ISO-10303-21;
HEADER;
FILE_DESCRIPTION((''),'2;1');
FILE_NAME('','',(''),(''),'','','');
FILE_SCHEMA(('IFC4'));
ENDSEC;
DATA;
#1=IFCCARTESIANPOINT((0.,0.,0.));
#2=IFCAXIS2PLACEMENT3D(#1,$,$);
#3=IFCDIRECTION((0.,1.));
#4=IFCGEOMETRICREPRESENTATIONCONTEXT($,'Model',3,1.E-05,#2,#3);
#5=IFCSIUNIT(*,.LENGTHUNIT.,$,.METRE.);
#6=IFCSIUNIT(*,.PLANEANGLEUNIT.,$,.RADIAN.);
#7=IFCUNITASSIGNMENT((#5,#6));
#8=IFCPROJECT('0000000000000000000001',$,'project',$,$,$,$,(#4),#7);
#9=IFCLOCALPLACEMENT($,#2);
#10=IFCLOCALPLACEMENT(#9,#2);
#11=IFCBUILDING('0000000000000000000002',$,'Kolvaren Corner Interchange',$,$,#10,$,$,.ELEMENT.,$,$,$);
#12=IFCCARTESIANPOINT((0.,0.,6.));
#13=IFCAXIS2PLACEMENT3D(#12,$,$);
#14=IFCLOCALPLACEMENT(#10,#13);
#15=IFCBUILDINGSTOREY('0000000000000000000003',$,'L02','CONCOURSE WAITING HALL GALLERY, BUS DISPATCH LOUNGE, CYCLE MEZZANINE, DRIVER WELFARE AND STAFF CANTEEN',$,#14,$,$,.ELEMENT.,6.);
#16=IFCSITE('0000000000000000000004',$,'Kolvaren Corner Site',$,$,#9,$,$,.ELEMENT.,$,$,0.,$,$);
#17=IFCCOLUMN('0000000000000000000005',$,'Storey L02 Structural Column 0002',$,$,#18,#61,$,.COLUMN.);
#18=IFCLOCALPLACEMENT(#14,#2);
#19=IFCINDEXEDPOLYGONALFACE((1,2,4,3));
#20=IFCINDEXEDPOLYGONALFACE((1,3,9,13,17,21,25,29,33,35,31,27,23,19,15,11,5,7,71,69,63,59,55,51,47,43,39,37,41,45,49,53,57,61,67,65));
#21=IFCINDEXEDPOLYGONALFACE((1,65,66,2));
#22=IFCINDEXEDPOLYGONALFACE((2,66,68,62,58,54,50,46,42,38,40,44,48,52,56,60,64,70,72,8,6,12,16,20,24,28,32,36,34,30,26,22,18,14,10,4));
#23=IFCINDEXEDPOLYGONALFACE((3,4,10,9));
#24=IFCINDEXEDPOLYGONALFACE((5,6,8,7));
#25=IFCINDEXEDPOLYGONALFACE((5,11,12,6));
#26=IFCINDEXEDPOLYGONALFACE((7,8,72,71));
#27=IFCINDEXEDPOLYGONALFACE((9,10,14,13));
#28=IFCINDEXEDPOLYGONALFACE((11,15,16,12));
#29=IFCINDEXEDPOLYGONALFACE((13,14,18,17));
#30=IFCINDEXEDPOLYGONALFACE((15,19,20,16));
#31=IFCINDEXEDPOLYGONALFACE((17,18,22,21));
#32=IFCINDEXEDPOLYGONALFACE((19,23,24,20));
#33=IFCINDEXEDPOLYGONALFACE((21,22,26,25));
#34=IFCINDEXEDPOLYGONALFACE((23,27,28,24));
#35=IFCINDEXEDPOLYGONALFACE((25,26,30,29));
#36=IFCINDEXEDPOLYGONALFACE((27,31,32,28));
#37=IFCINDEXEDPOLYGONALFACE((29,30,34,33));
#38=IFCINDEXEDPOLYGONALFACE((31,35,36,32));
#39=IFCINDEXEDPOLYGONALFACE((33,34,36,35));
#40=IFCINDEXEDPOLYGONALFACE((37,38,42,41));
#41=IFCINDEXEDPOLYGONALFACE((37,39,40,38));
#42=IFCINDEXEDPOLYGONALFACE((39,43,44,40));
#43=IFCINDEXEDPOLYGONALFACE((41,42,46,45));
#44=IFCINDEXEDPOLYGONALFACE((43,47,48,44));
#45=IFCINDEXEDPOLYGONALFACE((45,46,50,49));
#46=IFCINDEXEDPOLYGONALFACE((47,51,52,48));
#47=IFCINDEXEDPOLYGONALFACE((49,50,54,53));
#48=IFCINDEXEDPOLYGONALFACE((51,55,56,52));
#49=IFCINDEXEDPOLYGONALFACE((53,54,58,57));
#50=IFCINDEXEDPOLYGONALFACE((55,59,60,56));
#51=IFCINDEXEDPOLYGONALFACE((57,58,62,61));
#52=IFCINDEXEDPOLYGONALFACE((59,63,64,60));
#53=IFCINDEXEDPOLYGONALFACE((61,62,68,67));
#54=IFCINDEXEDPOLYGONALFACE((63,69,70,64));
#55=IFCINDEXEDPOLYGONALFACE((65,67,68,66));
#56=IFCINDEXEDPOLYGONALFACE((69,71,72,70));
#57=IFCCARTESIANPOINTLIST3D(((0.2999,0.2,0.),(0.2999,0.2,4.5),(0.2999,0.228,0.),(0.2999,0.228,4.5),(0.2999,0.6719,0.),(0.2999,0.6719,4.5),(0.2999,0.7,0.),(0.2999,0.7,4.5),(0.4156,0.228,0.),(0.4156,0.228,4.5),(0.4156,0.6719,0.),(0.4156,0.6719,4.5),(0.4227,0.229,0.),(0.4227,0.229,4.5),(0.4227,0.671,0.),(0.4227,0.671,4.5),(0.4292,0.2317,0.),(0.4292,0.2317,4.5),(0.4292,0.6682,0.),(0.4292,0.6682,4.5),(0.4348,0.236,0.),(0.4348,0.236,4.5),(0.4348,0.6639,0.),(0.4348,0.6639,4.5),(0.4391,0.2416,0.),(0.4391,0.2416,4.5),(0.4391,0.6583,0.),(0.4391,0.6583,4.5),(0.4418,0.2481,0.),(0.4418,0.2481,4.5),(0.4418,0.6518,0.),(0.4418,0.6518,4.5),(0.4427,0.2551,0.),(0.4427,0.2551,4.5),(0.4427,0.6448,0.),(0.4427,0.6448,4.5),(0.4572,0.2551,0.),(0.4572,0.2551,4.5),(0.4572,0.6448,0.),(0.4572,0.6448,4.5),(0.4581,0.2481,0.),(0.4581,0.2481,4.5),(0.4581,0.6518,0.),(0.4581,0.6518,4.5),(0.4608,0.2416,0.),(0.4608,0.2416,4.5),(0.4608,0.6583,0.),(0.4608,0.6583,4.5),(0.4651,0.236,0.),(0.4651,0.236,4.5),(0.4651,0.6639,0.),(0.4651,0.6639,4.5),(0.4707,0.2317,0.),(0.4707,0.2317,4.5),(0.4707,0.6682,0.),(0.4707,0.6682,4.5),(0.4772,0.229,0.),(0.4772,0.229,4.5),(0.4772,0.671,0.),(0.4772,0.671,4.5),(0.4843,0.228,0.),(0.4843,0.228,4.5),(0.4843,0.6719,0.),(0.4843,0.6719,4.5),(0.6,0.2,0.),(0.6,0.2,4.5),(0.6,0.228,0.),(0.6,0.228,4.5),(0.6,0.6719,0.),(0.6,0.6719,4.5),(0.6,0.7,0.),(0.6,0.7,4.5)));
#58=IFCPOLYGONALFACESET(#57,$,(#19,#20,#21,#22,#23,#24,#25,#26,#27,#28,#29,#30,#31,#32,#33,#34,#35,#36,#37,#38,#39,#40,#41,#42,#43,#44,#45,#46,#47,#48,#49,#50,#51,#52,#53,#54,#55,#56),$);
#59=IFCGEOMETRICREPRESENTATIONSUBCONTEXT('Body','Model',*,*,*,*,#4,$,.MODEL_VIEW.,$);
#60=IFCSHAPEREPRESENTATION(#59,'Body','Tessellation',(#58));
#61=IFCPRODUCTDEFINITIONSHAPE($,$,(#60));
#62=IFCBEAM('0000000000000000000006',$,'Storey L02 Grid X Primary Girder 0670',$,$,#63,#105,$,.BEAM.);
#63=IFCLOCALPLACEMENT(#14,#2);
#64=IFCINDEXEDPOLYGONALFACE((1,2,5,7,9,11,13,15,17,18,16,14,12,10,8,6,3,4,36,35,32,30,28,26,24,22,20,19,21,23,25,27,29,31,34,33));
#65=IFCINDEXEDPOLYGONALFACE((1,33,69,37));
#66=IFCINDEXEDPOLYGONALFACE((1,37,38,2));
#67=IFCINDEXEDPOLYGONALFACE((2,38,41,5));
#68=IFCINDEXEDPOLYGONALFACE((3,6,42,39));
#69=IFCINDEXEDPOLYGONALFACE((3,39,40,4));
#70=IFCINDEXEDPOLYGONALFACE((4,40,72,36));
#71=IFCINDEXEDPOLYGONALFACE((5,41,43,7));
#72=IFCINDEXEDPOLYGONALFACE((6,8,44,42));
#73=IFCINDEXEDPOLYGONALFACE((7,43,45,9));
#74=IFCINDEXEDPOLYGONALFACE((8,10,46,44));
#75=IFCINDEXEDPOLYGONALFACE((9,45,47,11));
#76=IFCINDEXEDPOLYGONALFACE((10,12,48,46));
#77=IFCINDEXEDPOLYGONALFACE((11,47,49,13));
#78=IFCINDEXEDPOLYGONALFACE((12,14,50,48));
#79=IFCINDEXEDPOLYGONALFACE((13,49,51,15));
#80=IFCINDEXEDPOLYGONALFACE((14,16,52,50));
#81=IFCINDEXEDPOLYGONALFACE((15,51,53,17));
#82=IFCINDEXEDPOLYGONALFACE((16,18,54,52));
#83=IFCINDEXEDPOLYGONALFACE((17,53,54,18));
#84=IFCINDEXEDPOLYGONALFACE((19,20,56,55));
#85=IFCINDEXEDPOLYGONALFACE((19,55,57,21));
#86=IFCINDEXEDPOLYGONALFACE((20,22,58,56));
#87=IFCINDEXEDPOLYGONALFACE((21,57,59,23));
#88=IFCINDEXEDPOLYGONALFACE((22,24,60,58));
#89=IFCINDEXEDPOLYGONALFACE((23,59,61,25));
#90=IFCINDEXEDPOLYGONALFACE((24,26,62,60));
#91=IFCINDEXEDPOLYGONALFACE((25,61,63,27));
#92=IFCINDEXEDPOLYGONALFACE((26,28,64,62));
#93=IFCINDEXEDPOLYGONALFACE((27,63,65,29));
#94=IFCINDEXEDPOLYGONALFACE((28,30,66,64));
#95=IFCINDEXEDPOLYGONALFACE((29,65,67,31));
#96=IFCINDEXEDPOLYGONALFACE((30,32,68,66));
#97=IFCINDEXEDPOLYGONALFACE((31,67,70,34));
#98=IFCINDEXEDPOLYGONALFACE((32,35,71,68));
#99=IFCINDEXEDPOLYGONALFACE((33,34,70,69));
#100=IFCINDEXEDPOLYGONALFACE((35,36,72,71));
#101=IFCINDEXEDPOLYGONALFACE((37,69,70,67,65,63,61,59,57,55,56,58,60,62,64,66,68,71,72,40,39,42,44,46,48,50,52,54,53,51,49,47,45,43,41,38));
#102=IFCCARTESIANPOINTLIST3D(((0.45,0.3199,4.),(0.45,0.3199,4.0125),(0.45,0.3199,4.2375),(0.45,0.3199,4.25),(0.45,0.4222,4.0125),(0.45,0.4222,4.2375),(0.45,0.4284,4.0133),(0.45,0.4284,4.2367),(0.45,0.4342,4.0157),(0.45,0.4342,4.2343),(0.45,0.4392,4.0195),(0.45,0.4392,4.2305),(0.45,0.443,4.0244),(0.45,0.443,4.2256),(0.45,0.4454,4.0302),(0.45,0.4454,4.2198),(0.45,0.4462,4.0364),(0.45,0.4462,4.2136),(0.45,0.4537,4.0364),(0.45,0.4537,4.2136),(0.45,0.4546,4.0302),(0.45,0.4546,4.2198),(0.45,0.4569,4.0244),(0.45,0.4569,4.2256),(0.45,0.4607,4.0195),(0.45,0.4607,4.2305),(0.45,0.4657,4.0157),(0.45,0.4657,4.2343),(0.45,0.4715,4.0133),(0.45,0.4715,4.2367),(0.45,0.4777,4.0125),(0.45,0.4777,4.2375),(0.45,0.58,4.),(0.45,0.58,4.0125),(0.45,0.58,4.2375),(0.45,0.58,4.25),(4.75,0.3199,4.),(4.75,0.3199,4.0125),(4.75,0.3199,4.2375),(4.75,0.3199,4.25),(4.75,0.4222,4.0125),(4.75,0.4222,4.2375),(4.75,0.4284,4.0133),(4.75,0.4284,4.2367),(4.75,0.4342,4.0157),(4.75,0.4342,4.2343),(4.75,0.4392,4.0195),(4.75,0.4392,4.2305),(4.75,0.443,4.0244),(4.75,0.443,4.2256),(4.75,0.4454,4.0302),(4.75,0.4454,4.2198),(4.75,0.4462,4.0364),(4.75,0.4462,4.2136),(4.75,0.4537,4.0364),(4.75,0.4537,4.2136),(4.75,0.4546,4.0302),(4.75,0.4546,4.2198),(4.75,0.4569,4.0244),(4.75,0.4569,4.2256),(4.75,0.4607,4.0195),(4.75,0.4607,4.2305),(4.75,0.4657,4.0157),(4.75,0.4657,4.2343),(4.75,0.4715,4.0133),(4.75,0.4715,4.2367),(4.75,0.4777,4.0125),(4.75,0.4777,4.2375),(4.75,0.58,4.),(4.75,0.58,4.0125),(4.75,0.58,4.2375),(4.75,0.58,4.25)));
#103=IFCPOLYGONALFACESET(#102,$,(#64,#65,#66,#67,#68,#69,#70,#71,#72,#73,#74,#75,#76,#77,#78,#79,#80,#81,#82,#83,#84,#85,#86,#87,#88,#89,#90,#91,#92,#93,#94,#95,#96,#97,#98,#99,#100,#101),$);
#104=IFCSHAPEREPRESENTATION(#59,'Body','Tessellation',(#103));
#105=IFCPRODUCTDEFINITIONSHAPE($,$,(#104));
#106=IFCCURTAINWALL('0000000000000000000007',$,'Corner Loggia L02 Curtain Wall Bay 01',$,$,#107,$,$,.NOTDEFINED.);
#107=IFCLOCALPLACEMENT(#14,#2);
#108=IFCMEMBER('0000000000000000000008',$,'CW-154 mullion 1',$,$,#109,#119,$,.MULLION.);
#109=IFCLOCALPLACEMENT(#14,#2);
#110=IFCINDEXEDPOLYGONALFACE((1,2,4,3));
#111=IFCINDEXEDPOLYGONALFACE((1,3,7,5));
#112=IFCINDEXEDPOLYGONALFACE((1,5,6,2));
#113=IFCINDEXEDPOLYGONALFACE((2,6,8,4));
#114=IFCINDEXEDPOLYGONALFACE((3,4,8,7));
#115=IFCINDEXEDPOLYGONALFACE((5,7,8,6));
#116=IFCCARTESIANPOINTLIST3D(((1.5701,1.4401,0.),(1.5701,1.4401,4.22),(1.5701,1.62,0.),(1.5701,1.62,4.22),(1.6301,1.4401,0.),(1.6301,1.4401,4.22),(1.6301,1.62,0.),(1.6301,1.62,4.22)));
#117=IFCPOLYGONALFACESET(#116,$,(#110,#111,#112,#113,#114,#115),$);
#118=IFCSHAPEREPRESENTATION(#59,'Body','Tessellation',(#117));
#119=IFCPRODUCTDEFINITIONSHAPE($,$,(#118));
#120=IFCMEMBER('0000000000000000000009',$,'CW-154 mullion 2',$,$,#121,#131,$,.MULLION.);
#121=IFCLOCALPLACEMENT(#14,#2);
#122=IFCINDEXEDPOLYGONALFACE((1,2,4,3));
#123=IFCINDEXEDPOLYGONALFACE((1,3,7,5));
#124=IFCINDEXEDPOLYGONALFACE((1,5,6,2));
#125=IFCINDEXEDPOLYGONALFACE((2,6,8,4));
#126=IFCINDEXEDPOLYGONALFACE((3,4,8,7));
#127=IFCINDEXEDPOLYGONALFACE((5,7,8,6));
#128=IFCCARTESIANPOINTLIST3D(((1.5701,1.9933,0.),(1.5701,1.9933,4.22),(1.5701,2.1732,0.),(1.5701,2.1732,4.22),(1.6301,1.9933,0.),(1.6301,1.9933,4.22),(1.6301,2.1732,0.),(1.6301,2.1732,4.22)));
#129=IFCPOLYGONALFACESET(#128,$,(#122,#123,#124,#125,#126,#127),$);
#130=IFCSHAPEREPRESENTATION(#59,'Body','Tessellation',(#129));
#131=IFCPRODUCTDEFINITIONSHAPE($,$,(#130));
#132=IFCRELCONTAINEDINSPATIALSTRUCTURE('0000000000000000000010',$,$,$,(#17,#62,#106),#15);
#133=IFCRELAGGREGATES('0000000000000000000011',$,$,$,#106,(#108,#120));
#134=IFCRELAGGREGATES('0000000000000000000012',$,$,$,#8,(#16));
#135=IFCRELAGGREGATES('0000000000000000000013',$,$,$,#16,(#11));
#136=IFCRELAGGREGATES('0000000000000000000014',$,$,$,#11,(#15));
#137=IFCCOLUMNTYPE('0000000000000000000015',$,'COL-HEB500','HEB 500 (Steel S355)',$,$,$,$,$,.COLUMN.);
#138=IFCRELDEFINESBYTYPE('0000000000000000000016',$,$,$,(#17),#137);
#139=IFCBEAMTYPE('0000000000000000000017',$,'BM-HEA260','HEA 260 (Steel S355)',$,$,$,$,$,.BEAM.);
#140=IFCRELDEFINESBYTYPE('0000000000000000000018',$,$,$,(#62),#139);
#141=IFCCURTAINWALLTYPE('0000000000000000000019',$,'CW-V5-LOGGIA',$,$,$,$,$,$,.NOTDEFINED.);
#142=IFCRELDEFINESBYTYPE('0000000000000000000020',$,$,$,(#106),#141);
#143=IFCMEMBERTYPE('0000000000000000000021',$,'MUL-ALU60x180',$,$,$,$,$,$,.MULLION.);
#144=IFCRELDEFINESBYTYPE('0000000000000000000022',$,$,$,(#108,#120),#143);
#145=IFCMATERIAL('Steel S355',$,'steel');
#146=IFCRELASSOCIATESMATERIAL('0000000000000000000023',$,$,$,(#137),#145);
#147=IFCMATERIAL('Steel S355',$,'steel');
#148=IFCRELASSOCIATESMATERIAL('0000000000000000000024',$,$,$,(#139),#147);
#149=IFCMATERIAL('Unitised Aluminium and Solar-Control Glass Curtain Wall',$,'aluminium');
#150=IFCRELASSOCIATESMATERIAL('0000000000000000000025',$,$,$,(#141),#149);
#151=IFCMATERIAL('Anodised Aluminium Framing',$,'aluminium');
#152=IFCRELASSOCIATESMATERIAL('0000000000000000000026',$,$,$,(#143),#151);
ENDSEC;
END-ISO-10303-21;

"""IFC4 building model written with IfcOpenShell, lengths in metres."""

from ifc_helpers import new_model, si_unit, direction, frame, origin, origin_2d, place, context, subcontext, project, spatial, rectangle, i_section, extrude, material, material_profile, profile_set, type_object, element, aggregate, save


model = new_model("IFC4")

# Units and contexts
model_context = context("Model", 3, precision=1e-05, world=origin(), true_north=direction((0.0, 1.0)))
body_context = subcontext(model_context, "Body", "Model", "MODEL_VIEW")
ifc_project = project(units=[si_unit("LENGTHUNIT", "METRE"), si_unit("PLANEANGLEUNIT", "RADIAN")], contexts=[model_context])

# Site, building, storey
site_placement = place(None, origin())
site = spatial("IfcSite", under=ifc_project, at=site_placement, Name="Kolvaren Corner Site", CompositionType="ELEMENT", RefElevation=0.0)
building_placement = place(site_placement, origin())
building = spatial("IfcBuilding", under=site, at=building_placement, Name="Kolvaren Corner Interchange", CompositionType="ELEMENT")
storey_placement = place(building_placement, frame((0.0, 0.0, 6.0)))
storey = spatial("IfcBuildingStorey", under=building, at=storey_placement, Name="L02", Description="CONCOURSE WAITING HALL GALLERY, BUS DISPATCH LOUNGE, CYCLE MEZZANINE, DRIVER WELFARE AND STAFF CANTEEN", CompositionType="ELEMENT", Elevation=6.0)

# Column
ifc_material_1 = material(Name="Steel S355", Category="steel")
ifc_material_profile_1 = material_profile(ifc_material_1, i_section(OverallWidth=0.3, OverallDepth=0.5, WebThickness=0.0144, FlangeThickness=0.0281, FilletRadius=0.0271, at=origin_2d()), Name="HEB 500")
ifc_profile_set_1 = profile_set([ifc_material_profile_1], Name="Steel S355")
column_type = type_object("IfcColumnType", Name="COL-HEB500", Description="HEB 500 (Steel S355)", PredefinedType="COLUMN", material=ifc_profile_set_1)
column_placement = place(storey_placement, frame((0.45, 0.45, 0.0), z_axis=(0.0, 0.0, 1.0), x_axis=(1.0, 0.0, 0.0)))
element("IfcColumn", 1, at=column_placement, inside=storey, type_object=column_type, Name="Storey L02 Structural Column 0002", PredefinedType="COLUMN", context=body_context, shape_type="SweptSolid", body=[
    extrude(i_section(OverallWidth=0.3, OverallDepth=0.5, WebThickness=0.0144, FlangeThickness=0.0281, FilletRadius=0.0271, at=origin_2d()), origin(), (0.0, 0.0, 1.0), 4.5),
])

# Beam
ifc_material_2 = material(Name="Steel S355", Category="steel")
ifc_material_profile_2 = material_profile(ifc_material_2, i_section(OverallWidth=0.26, OverallDepth=0.25, WebThickness=0.0076, FlangeThickness=0.0125, FilletRadius=0.0239, at=origin_2d()), Name="HEA 260")
ifc_profile_set_2 = profile_set([ifc_material_profile_2], Name="Steel S355")
beam_type_1 = type_object("IfcBeamType", Name="BM-HEA260", Description="HEA 260 (Steel S355)", PredefinedType="BEAM", material=ifc_profile_set_2)
beam_1_placement = place(storey_placement, frame((0.45, 0.45, 4.125), z_axis=(1.0, 0.0, 0.0), x_axis=(0.0, 1.0, 0.0)))
element("IfcBeam", 2, at=beam_1_placement, inside=storey, type_object=beam_type_1, Name="Storey L02 Grid X Primary Girder 0670", PredefinedType="BEAM", context=body_context, shape_type="SweptSolid", body=[
    extrude(i_section(OverallWidth=0.26, OverallDepth=0.25, WebThickness=0.0076, FlangeThickness=0.0125, FilletRadius=0.0239, at=origin_2d()), origin(), (0.0, 0.0, 1.0), 4.3),
])

# Curtain wall, members
ifc_material_3 = material(Name="Unitised Aluminium and Solar-Control Glass Curtain Wall", Category="aluminium")
curtain_wall_type = type_object("IfcCurtainWallType", Name="CW-V5-LOGGIA", PredefinedType="NOTDEFINED", material=ifc_material_3)
curtain_wall_placement = place(storey_placement, origin())
curtain_wall = element("IfcCurtainWall", 3, at=curtain_wall_placement, inside=storey, type_object=curtain_wall_type, Name="Corner Loggia L02 Curtain Wall Bay 01", PredefinedType="NOTDEFINED")
ifc_material_4 = material(Name="Anodised Aluminium Framing", Category="aluminium")
ifc_material_profile_3 = material_profile(ifc_material_4, rectangle(XDim=0.0601, YDim=0.1799, at=origin_2d()), Name="ALU 60x180")
ifc_profile_set_3 = profile_set([ifc_material_profile_3], Name="Anodised Aluminium Framing")
member_type_1 = type_object("IfcMemberType", Name="MUL-ALU60x180", PredefinedType="MULLION", material=ifc_profile_set_3)
member_1_placement = place(storey_placement, frame((1.6001, 1.53, 0.0), z_axis=(0.0, 0.0, 1.0), x_axis=(-1.0, 0.0, 0.0)))
member_1 = element("IfcMember", 4, at=member_1_placement, type_object=member_type_1, Name="CW-154 mullion 1", PredefinedType="MULLION", context=body_context, shape_type="SweptSolid", body=[
    extrude(rectangle(XDim=0.0601, YDim=0.1799, at=origin_2d()), origin(), (0.0, 0.0, 1.0), 4.22),
])
member_2_placement = place(storey_placement, frame((1.6001, 2.0833, 0.0), z_axis=(0.0, 0.0, 1.0), x_axis=(-1.0, 0.0, 0.0)))
member_2 = element("IfcMember", 5, at=member_2_placement, type_object=member_type_1, Name="CW-154 mullion 2", PredefinedType="MULLION", context=body_context, shape_type="SweptSolid", body=[
    extrude(rectangle(XDim=0.0601, YDim=0.1799, at=origin_2d()), origin(), (0.0, 0.0, 1.0), 4.22),
])

aggregate(curtain_wall, [member_1, member_2])

save(model, "model.ifc")
